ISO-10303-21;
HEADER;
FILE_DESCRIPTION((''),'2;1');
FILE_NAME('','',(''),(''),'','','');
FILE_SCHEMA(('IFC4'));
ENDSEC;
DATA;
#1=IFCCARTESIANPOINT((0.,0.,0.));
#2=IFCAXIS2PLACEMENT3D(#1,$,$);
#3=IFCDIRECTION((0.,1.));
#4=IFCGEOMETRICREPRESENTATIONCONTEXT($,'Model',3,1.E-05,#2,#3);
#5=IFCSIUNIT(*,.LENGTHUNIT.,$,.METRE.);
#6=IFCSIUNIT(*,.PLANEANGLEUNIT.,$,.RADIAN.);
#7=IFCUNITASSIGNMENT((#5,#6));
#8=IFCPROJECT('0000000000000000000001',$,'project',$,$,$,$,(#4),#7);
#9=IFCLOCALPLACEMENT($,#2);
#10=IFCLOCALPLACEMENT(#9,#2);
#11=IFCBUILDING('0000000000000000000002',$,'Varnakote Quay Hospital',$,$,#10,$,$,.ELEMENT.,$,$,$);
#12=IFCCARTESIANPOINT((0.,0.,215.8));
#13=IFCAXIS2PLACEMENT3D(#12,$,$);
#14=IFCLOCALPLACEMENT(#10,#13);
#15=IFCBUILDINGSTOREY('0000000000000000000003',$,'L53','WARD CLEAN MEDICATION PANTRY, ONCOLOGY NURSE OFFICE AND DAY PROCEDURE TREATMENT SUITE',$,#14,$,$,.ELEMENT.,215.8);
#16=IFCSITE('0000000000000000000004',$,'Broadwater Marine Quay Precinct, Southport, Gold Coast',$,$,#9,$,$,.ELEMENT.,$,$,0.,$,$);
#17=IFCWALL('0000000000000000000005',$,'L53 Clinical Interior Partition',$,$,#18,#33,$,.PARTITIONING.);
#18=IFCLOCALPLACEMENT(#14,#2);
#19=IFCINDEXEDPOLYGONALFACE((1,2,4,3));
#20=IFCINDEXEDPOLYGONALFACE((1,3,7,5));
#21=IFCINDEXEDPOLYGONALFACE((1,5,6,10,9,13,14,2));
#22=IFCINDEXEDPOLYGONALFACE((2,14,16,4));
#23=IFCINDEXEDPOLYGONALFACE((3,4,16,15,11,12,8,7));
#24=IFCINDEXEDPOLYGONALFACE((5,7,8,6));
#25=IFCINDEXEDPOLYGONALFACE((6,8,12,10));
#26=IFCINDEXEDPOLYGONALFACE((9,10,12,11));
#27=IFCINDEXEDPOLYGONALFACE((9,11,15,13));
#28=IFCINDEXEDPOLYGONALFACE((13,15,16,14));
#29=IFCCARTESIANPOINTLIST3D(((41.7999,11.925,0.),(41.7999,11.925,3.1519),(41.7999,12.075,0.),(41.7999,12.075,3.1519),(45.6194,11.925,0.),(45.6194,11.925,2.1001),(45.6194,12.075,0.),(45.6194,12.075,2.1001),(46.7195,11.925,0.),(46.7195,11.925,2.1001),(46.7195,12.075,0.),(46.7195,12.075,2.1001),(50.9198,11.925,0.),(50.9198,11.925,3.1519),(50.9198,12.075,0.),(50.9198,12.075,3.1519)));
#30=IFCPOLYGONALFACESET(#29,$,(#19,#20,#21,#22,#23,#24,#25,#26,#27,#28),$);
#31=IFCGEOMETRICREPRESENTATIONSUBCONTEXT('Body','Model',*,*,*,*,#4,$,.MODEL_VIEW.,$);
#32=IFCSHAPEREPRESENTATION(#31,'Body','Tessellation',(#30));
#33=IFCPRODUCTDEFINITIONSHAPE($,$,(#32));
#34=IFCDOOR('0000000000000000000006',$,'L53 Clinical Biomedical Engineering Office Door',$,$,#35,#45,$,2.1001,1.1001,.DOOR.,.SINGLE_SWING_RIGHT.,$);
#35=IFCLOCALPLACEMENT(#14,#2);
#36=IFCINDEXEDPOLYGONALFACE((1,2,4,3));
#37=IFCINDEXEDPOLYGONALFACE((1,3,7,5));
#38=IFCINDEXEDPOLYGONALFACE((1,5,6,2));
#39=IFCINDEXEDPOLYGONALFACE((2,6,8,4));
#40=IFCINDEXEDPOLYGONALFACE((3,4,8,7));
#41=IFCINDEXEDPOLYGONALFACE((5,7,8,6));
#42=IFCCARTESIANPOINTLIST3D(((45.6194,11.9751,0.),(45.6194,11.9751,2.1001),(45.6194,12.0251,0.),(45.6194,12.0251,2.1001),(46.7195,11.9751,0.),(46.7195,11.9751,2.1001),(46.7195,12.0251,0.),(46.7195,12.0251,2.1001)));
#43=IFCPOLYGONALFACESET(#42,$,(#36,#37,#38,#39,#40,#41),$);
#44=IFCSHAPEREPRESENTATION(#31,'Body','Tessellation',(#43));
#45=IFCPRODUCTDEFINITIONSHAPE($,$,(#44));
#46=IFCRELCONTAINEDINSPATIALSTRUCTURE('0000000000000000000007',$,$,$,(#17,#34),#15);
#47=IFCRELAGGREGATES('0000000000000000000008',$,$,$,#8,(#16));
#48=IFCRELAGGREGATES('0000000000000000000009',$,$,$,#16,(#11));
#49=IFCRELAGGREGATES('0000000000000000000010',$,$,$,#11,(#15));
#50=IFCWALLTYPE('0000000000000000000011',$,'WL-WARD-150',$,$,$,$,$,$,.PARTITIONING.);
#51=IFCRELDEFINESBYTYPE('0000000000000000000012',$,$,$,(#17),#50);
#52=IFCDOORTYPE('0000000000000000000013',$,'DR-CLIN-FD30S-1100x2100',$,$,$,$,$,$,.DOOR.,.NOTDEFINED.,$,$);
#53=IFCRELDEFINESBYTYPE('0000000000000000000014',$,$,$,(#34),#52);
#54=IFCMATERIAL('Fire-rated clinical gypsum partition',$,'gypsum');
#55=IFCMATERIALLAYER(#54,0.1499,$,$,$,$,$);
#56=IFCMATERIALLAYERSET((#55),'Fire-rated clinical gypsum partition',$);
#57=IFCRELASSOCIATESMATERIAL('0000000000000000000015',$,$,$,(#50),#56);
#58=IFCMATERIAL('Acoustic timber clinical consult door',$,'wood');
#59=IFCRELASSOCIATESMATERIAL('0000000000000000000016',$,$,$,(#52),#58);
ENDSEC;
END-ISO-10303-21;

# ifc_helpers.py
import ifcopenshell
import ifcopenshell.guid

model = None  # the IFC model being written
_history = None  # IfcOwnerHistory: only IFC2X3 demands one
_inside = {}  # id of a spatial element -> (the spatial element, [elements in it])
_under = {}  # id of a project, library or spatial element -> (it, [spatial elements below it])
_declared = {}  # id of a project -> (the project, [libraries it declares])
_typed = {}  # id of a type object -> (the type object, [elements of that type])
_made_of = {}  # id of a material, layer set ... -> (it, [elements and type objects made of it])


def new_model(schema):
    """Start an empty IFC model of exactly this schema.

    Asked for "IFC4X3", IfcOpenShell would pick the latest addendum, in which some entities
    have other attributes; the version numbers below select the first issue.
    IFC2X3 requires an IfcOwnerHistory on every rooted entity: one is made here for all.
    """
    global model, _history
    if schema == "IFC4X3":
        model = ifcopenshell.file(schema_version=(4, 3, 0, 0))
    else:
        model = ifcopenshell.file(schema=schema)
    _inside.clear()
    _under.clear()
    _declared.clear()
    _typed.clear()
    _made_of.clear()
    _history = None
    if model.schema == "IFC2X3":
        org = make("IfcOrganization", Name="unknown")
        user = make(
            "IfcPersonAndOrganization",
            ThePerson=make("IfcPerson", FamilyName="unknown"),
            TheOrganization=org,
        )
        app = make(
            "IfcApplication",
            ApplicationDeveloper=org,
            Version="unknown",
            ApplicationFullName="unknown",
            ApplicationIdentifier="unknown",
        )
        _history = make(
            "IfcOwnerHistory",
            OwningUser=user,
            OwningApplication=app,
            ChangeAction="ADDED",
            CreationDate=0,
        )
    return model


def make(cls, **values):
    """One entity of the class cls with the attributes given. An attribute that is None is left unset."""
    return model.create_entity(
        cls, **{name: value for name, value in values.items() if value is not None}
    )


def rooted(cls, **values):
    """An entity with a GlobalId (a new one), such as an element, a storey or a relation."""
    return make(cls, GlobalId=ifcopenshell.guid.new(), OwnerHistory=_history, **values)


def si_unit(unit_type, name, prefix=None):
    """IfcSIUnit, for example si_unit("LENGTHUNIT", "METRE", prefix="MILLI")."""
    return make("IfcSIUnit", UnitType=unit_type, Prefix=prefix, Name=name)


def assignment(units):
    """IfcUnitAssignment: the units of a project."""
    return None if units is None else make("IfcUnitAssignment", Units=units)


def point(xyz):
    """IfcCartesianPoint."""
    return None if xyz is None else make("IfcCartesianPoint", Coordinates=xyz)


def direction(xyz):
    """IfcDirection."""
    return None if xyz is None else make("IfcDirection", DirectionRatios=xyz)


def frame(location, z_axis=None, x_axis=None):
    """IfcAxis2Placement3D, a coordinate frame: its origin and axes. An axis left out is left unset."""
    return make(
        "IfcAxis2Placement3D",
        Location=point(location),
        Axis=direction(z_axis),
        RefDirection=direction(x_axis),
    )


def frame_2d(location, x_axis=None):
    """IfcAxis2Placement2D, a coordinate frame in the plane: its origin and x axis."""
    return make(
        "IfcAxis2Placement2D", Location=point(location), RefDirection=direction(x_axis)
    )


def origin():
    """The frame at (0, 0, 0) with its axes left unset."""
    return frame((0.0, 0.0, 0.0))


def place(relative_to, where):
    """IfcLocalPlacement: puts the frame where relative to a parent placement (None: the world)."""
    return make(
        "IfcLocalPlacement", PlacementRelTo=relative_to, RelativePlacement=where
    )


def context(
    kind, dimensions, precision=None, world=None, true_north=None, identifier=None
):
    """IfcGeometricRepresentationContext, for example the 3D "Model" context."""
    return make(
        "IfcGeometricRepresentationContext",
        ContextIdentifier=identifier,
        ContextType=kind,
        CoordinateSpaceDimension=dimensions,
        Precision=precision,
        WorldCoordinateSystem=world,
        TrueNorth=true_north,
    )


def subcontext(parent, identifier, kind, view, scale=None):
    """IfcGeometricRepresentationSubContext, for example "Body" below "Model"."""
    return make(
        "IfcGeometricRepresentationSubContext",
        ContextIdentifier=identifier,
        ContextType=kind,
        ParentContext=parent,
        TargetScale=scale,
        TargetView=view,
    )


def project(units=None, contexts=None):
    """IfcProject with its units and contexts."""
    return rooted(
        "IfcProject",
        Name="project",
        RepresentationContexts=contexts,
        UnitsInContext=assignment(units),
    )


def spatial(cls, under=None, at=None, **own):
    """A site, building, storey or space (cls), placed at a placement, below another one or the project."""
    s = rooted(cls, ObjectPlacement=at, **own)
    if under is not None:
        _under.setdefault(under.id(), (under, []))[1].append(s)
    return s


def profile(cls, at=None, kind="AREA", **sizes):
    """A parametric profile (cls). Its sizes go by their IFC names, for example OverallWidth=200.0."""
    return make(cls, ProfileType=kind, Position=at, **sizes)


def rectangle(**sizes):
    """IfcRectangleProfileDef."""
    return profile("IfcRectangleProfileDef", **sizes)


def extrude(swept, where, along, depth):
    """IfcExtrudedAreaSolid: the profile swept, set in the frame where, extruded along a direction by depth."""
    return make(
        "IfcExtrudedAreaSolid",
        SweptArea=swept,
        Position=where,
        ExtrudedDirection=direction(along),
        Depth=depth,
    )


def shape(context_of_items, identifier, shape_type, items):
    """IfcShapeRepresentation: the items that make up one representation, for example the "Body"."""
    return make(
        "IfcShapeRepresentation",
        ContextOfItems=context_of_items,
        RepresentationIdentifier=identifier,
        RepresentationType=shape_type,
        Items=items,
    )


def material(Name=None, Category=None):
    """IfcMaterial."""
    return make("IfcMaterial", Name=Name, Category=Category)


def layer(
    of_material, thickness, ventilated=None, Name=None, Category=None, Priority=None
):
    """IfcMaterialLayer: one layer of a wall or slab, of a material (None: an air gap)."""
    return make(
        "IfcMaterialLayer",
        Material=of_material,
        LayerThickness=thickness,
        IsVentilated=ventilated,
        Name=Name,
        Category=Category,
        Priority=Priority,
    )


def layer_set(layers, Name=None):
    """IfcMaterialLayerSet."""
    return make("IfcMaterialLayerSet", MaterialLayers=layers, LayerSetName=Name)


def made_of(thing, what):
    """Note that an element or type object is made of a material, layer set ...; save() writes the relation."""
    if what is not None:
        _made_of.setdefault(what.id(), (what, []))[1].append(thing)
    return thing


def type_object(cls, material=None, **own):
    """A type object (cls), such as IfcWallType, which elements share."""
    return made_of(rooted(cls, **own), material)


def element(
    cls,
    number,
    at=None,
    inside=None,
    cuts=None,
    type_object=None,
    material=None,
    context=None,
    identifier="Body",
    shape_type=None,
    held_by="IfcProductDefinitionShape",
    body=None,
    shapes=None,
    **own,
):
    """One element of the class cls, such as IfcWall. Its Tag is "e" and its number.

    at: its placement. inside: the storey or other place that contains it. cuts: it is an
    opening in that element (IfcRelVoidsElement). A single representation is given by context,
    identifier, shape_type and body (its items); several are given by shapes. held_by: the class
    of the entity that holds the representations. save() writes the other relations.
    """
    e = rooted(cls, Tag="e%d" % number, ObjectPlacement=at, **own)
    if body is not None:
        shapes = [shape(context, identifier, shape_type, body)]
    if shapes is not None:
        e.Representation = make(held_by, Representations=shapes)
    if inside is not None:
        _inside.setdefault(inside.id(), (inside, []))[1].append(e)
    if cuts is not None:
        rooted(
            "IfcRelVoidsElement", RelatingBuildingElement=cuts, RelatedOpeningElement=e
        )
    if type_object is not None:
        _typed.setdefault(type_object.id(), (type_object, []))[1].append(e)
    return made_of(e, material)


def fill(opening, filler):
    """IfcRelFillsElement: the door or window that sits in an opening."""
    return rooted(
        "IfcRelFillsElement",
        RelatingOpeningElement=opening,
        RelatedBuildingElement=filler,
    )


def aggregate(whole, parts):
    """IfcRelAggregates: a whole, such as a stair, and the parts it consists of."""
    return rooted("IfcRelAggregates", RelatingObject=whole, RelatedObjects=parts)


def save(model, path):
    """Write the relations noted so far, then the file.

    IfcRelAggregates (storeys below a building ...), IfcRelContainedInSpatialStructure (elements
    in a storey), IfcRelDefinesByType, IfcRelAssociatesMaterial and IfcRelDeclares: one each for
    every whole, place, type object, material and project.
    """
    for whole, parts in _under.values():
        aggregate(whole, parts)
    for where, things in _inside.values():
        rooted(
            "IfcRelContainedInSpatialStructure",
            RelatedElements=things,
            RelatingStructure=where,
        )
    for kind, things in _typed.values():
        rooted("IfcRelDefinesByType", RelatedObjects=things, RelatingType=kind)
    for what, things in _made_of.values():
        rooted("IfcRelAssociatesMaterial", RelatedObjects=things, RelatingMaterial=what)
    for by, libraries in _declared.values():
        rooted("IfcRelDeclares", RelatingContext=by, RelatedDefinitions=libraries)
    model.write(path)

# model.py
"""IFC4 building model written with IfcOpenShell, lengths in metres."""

from ifc_helpers import new_model, si_unit, direction, frame, frame_2d, origin, place, context, subcontext, project, spatial, rectangle, extrude, material, layer, layer_set, type_object, element, fill, save


model = new_model("IFC4")

# Units and contexts
model_context = context("Model", 3, precision=1e-05, world=origin(), true_north=direction((0.0, 1.0)))
body_context = subcontext(model_context, "Body", "Model", "MODEL_VIEW")
ifc_project = project(units=[si_unit("LENGTHUNIT", "METRE"), si_unit("PLANEANGLEUNIT", "RADIAN")], contexts=[model_context])

# Site, building, storey
site_placement = place(None, origin())
site = spatial("IfcSite", under=ifc_project, at=site_placement, Name="Broadwater Marine Quay Precinct, Southport, Gold Coast", CompositionType="ELEMENT", RefElevation=0.0)
building_placement = place(site_placement, origin())
building = spatial("IfcBuilding", under=site, at=building_placement, Name="Varnakote Quay Hospital", CompositionType="ELEMENT")
storey_placement = place(building_placement, frame((0.0, 0.0, 215.8)))
storey = spatial("IfcBuildingStorey", under=building, at=storey_placement, Name="L53", Description="WARD CLEAN MEDICATION PANTRY, ONCOLOGY NURSE OFFICE AND DAY PROCEDURE TREATMENT SUITE", CompositionType="ELEMENT", Elevation=215.8)

# Wall, opening, door
ifc_material_1 = material(Name="Fire-rated clinical gypsum partition", Category="gypsum")
ifc_layer_1 = layer(ifc_material_1, 0.1499)
ifc_layer_set_1 = layer_set([ifc_layer_1], Name="Fire-rated clinical gypsum partition")
wall_type_1 = type_object("IfcWallType", Name="WL-WARD-150", PredefinedType="PARTITIONING", material=ifc_layer_set_1)
ifc_material_2 = material(Name="Acoustic timber clinical consult door", Category="wood")
door_type_1 = type_object("IfcDoorType", Name="DR-CLIN-FD30S-1100x2100", OperationType="NOTDEFINED", PredefinedType="DOOR", material=ifc_material_2)
wall_1_placement = place(storey_placement, frame((50.9199, 12.0, 0.0), z_axis=(0.0, 0.0, 1.0), x_axis=(-1.0, 0.0, 0.0)))
wall_1 = element("IfcWall", 1, at=wall_1_placement, inside=storey, type_object=wall_type_1, Name="L53 Clinical Interior Partition", PredefinedType="PARTITIONING", context=body_context, shape_type="SweptSolid", body=[
    extrude(rectangle(XDim=9.1199, YDim=0.1499, at=frame_2d((4.5601, 0.0))), origin(), (0.0, 0.0, 1.0), 3.1519),
])
opening_1_placement = place(wall_1_placement, frame((4.2004, 0.0, 0.0)))
opening_1 = element("IfcOpeningElement", 2, at=opening_1_placement, cuts=wall_1, PredefinedType="OPENING", context=body_context, shape_type="SweptSolid", body=[
    extrude(rectangle(XDim=1.1001, YDim=2.1001, at=frame_2d((0.55, 1.05))), frame((0.0, 0.085, 0.0), z_axis=(0.0, -1.0, 0.0), x_axis=(1.0, 0.0, 0.0)), (0.0, 0.0, 1.0), 0.1699),
])
door_1_placement = place(opening_1_placement, origin())
door_1 = element("IfcDoor", 3, at=door_1_placement, inside=storey, type_object=door_type_1, Name="L53 Clinical Biomedical Engineering Office Door", OperationType="SINGLE_SWING_RIGHT", OverallHeight=2.1001, OverallWidth=1.1001, PredefinedType="DOOR", context=body_context, shape_type="SweptSolid", body=[
    extrude(rectangle(XDim=1.1001, YDim=2.1001, at=frame_2d((0.55, 1.05))), frame((0.0, 0.0249, 0.0), z_axis=(0.0, -1.0, 0.0), x_axis=(1.0, 0.0, 0.0)), (0.0, 0.0, 1.0), 0.05),
])
fill(opening_1, door_1)

save(model, "model.ifc")
